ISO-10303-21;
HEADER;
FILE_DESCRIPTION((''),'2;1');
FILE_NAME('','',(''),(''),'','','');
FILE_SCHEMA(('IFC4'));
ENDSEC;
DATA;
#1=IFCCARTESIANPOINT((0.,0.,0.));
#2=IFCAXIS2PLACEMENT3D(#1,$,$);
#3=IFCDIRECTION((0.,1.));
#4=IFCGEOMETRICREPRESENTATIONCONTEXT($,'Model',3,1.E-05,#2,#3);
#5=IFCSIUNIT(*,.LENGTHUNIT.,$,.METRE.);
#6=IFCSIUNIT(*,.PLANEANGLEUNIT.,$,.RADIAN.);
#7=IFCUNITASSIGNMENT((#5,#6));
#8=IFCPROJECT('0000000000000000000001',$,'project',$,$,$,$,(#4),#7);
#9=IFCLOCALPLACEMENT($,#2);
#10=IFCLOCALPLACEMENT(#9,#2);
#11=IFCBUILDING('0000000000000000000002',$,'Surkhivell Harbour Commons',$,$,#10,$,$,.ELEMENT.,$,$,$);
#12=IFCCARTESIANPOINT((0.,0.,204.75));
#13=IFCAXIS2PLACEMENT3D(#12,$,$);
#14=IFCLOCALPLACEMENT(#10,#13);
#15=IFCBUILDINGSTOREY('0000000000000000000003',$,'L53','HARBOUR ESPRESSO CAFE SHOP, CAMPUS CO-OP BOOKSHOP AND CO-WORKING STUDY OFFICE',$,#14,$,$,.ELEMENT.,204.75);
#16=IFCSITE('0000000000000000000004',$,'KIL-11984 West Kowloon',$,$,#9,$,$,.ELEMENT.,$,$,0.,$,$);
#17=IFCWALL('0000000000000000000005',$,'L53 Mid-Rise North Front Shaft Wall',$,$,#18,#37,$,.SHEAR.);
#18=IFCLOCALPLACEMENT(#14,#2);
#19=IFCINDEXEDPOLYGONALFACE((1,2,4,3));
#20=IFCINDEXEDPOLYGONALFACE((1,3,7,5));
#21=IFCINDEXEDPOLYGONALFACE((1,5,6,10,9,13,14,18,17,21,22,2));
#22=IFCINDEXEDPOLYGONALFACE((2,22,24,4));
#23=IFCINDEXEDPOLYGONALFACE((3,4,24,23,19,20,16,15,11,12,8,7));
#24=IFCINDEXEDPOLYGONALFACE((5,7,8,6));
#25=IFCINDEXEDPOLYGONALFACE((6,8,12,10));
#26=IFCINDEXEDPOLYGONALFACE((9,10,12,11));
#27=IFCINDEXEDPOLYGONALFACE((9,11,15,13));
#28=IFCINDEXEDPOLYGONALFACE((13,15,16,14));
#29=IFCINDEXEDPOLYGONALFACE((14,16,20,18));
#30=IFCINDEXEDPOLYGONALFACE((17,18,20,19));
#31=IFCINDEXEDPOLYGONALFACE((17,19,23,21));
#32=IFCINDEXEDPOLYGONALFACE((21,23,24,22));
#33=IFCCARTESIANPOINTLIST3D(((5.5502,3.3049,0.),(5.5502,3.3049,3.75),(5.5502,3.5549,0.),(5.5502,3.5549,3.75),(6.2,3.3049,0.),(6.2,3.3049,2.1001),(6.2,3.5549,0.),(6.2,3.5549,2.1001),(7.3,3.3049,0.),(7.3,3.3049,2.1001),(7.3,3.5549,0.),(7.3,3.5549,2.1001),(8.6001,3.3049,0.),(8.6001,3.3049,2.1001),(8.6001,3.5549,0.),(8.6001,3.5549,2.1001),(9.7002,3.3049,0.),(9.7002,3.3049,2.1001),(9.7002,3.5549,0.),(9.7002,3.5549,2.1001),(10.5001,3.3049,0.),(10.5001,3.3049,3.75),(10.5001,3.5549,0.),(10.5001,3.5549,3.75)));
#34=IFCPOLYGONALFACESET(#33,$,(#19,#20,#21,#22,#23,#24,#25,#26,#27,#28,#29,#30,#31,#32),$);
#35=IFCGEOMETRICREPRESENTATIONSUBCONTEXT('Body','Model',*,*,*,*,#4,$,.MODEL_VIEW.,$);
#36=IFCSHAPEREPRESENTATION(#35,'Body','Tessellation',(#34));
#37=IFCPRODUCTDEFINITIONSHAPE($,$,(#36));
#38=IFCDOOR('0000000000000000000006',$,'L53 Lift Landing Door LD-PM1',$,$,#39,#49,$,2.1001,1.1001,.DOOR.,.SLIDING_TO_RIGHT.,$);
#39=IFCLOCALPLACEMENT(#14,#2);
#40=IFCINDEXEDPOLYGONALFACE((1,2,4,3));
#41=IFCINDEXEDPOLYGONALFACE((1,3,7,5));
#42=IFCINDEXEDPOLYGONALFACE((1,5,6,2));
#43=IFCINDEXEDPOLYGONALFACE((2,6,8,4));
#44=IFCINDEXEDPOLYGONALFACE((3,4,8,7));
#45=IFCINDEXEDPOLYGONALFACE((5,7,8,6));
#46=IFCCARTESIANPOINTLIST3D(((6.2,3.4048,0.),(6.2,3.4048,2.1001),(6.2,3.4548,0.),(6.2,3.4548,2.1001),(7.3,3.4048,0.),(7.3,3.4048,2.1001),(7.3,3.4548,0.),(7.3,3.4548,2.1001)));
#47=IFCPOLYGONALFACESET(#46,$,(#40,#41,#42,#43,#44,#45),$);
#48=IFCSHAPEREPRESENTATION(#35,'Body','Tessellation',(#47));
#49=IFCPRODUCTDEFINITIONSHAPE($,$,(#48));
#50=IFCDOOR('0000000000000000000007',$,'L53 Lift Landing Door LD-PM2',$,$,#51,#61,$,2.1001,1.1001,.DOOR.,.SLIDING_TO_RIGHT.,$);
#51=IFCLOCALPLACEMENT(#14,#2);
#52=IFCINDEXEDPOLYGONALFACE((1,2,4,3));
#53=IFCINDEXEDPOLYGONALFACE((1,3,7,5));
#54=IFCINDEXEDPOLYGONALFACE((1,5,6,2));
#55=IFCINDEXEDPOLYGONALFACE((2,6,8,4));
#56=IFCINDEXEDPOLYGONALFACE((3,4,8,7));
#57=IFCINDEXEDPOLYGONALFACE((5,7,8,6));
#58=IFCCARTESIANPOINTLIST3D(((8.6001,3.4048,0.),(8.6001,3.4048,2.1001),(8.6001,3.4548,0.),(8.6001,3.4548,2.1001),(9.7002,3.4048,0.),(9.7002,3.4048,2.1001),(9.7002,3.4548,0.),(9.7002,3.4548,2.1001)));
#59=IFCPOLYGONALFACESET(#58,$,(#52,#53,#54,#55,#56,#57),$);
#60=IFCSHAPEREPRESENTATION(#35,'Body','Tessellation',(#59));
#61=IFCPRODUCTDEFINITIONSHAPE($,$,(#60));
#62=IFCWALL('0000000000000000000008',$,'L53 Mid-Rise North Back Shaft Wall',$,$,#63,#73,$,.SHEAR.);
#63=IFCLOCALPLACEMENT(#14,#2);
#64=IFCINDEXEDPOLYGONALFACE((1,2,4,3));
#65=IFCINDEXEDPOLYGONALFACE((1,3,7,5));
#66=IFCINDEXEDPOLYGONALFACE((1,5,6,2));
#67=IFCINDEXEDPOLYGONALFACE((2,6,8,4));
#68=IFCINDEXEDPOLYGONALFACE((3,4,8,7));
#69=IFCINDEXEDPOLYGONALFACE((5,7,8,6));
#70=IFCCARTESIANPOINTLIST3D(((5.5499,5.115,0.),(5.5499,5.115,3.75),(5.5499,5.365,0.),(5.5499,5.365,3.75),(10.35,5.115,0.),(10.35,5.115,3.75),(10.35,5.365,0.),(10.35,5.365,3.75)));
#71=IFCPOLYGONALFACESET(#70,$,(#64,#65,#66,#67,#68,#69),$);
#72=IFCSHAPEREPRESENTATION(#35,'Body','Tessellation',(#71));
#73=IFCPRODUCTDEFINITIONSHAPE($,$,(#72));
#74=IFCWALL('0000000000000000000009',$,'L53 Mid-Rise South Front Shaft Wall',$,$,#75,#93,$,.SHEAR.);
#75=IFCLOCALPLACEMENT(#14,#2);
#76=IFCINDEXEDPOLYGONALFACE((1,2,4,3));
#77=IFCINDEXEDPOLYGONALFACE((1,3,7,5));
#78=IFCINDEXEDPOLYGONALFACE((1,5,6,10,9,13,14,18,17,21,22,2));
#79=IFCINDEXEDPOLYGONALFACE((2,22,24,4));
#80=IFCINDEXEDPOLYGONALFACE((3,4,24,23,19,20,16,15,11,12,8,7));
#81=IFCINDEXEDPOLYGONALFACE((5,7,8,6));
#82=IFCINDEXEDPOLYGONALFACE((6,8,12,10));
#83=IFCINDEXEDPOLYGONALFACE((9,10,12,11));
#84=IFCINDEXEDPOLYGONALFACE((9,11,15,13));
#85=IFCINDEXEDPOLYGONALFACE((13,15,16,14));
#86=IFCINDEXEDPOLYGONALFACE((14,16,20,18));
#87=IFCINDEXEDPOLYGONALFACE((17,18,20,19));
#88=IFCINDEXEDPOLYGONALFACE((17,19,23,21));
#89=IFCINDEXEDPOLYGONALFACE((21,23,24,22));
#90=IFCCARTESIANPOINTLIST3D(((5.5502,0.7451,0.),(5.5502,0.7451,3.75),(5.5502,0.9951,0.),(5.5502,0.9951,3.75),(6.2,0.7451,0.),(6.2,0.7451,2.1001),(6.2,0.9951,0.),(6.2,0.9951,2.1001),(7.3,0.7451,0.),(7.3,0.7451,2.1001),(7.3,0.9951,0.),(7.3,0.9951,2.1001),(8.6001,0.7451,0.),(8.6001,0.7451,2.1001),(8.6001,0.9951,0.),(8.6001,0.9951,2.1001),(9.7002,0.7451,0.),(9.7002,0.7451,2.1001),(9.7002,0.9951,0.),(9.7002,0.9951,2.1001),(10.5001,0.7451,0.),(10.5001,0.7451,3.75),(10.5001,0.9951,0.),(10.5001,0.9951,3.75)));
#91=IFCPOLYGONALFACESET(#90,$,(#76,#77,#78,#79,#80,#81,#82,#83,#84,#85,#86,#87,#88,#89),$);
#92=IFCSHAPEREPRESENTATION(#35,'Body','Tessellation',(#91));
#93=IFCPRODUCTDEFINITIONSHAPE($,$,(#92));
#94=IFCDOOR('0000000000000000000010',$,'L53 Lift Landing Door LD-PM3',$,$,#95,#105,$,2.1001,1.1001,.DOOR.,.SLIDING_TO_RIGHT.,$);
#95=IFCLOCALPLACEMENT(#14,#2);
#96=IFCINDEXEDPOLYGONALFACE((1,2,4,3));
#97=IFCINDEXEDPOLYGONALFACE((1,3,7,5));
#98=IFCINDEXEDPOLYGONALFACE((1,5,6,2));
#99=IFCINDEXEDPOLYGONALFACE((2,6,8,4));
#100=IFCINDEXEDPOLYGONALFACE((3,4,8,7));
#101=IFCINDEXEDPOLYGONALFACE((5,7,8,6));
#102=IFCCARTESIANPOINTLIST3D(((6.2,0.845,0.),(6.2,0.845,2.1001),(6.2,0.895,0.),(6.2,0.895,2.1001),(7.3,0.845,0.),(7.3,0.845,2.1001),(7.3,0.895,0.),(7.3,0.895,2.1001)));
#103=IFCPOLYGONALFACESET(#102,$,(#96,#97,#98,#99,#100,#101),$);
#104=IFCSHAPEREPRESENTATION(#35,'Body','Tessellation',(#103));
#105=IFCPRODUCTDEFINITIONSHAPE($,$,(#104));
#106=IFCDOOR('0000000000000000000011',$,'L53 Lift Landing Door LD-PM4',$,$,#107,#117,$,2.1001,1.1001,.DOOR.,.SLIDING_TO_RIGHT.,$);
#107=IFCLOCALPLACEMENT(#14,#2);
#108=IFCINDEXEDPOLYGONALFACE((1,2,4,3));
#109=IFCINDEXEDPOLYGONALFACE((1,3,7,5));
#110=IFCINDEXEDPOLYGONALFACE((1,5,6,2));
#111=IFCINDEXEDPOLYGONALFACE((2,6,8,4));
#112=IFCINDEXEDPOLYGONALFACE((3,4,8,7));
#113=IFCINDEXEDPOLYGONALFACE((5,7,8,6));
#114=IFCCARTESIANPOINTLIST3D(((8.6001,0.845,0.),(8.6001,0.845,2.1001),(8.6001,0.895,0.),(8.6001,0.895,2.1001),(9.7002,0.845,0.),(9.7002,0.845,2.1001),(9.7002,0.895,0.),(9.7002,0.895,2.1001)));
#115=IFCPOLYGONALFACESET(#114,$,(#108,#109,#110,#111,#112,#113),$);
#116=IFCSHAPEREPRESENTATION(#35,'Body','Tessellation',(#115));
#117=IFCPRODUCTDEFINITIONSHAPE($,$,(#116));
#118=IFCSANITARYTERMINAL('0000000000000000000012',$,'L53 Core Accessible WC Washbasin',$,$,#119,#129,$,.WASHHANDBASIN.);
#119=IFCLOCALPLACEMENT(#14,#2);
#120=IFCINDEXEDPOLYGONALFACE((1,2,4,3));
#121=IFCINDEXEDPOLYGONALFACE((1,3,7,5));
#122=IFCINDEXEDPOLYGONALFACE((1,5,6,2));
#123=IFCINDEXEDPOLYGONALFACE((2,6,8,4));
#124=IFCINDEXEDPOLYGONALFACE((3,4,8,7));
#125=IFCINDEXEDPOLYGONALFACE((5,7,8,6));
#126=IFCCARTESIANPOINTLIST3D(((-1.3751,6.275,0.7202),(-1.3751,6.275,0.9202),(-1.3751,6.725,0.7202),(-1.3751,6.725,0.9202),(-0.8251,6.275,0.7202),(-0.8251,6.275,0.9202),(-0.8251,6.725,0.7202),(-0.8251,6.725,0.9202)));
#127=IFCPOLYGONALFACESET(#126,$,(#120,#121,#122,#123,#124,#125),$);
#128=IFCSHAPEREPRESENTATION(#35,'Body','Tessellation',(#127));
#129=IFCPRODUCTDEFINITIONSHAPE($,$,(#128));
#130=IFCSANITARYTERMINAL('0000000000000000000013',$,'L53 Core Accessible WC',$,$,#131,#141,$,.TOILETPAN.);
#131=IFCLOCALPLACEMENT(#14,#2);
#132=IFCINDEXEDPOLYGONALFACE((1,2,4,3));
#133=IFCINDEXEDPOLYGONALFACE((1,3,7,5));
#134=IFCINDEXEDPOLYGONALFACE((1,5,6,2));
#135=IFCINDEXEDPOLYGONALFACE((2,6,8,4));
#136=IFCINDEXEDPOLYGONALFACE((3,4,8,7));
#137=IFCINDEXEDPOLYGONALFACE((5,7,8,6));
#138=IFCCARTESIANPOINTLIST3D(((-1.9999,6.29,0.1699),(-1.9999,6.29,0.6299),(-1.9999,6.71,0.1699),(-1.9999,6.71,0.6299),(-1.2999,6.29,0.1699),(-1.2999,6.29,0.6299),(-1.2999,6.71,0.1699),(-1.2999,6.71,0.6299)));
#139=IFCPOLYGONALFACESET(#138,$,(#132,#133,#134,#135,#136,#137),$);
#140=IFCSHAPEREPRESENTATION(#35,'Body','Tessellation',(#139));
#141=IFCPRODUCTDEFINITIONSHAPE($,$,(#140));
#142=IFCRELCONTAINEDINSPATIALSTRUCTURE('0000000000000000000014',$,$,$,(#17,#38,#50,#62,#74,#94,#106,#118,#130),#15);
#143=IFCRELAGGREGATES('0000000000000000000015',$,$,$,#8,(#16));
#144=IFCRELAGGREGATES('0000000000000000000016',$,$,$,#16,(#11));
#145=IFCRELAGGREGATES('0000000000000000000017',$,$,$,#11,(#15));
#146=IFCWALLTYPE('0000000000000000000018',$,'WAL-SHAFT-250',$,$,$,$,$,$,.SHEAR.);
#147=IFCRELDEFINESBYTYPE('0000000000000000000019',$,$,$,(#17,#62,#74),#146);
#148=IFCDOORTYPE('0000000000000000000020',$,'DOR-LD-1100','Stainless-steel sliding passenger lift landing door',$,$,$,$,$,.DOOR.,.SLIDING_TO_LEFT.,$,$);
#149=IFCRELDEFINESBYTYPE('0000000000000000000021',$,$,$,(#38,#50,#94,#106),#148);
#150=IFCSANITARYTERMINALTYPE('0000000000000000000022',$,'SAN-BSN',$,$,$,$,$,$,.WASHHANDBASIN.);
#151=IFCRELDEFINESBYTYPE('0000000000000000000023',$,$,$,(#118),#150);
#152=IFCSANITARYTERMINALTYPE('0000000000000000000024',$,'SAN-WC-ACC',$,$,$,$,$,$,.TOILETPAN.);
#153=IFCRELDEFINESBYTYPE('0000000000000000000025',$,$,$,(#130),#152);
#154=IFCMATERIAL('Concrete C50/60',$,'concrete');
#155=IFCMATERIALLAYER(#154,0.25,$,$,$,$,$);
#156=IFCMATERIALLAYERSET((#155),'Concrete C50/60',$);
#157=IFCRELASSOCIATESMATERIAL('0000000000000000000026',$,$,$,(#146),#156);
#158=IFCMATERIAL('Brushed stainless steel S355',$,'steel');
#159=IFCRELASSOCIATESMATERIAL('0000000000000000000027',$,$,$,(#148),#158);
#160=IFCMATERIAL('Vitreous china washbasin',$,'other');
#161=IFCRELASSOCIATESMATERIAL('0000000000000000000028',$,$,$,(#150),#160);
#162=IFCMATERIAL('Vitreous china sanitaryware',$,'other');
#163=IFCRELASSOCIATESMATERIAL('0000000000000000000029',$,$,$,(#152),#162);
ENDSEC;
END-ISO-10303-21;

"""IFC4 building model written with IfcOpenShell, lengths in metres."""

from ifc_helpers import new_model, si_unit, direction, frame, frame_2d, origin, origin_2d, place, context, subcontext, project, spatial, rectangle, extrude, material, layer, layer_set, type_object, element, fill, save


model = new_model("IFC4")

# Units and contexts
model_context = context("Model", 3, precision=1e-05, world=origin(), true_north=direction((0.0, 1.0)))
body_context = subcontext(model_context, "Body", "Model", "MODEL_VIEW")
ifc_project = project(units=[si_unit("LENGTHUNIT", "METRE"), si_unit("PLANEANGLEUNIT", "RADIAN")], contexts=[model_context])

# Site, building, storey
site_placement = place(None, origin())
site = spatial("IfcSite", under=ifc_project, at=site_placement, Name="KIL-11984 West Kowloon", CompositionType="ELEMENT", RefElevation=0.0)
building_placement = place(site_placement, origin())
building = spatial("IfcBuilding", under=site, at=building_placement, Name="Surkhivell Harbour Commons", CompositionType="ELEMENT")
storey_placement = place(building_placement, frame((0.0, 0.0, 204.75)))
storey = spatial("IfcBuildingStorey", under=building, at=storey_placement, Name="L53", Description="HARBOUR ESPRESSO CAFE SHOP, CAMPUS CO-OP BOOKSHOP AND CO-WORKING STUDY OFFICE", CompositionType="ELEMENT", Elevation=204.75)

# Shared definitions
ifc_material_1 = material(Name="Concrete C50/60", Category="concrete")
ifc_layer_1 = layer(ifc_material_1, 0.25)
ifc_layer_set_1 = layer_set([ifc_layer_1], Name="Concrete C50/60")
wall_type_1 = type_object("IfcWallType", Name="WAL-SHAFT-250", PredefinedType="SHEAR", material=ifc_layer_set_1)

# Wall, openings, doors
wall_1_placement = place(storey_placement, frame((5.55, 3.4299, 0.0), z_axis=(0.0, 0.0, 1.0), x_axis=(1.0, 0.0, 0.0)))
wall_1 = element("IfcWall", 1, at=wall_1_placement, inside=storey, type_object=wall_type_1, Name="L53 Mid-Rise North Front Shaft Wall", PredefinedType="SHEAR", context=body_context, shape_type="SweptSolid", body=[
    extrude(rectangle(XDim=4.95, YDim=0.25, at=frame_2d((2.4751, 0.0))), origin(), (0.0, 0.0, 1.0), 3.75),
])
opening_1_placement = place(wall_1_placement, frame((0.6499, 0.0, 0.0)))
opening_1 = element("IfcOpeningElement", 2, at=opening_1_placement, cuts=wall_1, PredefinedType="OPENING", context=body_context, shape_type="SweptSolid", body=[
    extrude(rectangle(XDim=1.1001, YDim=2.1001, at=frame_2d((0.55, 1.05))), frame((0.0, 0.135, 0.0), z_axis=(0.0, -1.0, 0.0), x_axis=(1.0, 0.0, 0.0)), (0.0, 0.0, 1.0), 0.27),
])
opening_2_placement = place(wall_1_placement, frame((3.05, 0.0, 0.0)))
opening_2 = element("IfcOpeningElement", 3, at=opening_2_placement, cuts=wall_1, PredefinedType="OPENING", context=body_context, shape_type="SweptSolid", body=[
    extrude(rectangle(XDim=1.1001, YDim=2.1001, at=frame_2d((0.55, 1.05))), frame((0.0, 0.135, 0.0), z_axis=(0.0, -1.0, 0.0), x_axis=(1.0, 0.0, 0.0)), (0.0, 0.0, 1.0), 0.27),
])
ifc_material_2 = material(Name="Brushed stainless steel S355", Category="steel")
door_type_1 = type_object("IfcDoorType", Name="DOR-LD-1100", Description="Stainless-steel sliding passenger lift landing door", OperationType="SLIDING_TO_LEFT", PredefinedType="DOOR", material=ifc_material_2)
door_1_placement = place(opening_1_placement, origin())
door_1 = element("IfcDoor", 4, at=door_1_placement, inside=storey, type_object=door_type_1, Name="L53 Lift Landing Door LD-PM1", OperationType="SLIDING_TO_RIGHT", OverallHeight=2.1001, OverallWidth=1.1001, PredefinedType="DOOR", context=body_context, shape_type="SweptSolid", body=[
    extrude(rectangle(XDim=1.1001, YDim=2.1001, at=frame_2d((0.55, 1.05))), frame((0.0, 0.0249, 0.0), z_axis=(0.0, -1.0, 0.0), x_axis=(1.0, 0.0, 0.0)), (0.0, 0.0, 1.0), 0.05),
])
fill(opening_1, door_1)
door_2_placement = place(opening_2_placement, origin())
door_2 = element("IfcDoor", 5, at=door_2_placement, inside=storey, type_object=door_type_1, Name="L53 Lift Landing Door LD-PM2", OperationType="SLIDING_TO_RIGHT", OverallHeight=2.1001, OverallWidth=1.1001, PredefinedType="DOOR", context=body_context, shape_type="SweptSolid", body=[
    extrude(rectangle(XDim=1.1001, YDim=2.1001, at=frame_2d((0.55, 1.05))), frame((0.0, 0.0249, 0.0), z_axis=(0.0, -1.0, 0.0), x_axis=(1.0, 0.0, 0.0)), (0.0, 0.0, 1.0), 0.05),
])
fill(opening_2, door_2)

# Wall
wall_2_placement = place(storey_placement, frame((5.55, 5.24, 0.0), z_axis=(0.0, 0.0, 1.0), x_axis=(1.0, 0.0, 0.0)))
element("IfcWall", 6, at=wall_2_placement, inside=storey, type_object=wall_type_1, Name="L53 Mid-Rise North Back Shaft Wall", PredefinedType="SHEAR", context=body_context, shape_type="SweptSolid", body=[
    extrude(rectangle(XDim=4.8, YDim=0.25, at=frame_2d((2.3999, 0.0))), origin(), (0.0, 0.0, 1.0), 3.75),
])

# Wall, openings, doors
wall_3_placement = place(storey_placement, frame((5.55, 0.8701, 0.0), z_axis=(0.0, 0.0, 1.0), x_axis=(1.0, 0.0, 0.0)))
wall_3 = element("IfcWall", 7, at=wall_3_placement, inside=storey, type_object=wall_type_1, Name="L53 Mid-Rise South Front Shaft Wall", PredefinedType="SHEAR", context=body_context, shape_type="SweptSolid", body=[
    extrude(rectangle(XDim=4.95, YDim=0.25, at=frame_2d((2.4751, 0.0))), origin(), (0.0, 0.0, 1.0), 3.75),
])
opening_3_placement = place(wall_3_placement, frame((0.6499, 0.0, 0.0)))
opening_3 = element("IfcOpeningElement", 8, at=opening_3_placement, cuts=wall_3, PredefinedType="OPENING", context=body_context, shape_type="SweptSolid", body=[
    extrude(rectangle(XDim=1.1001, YDim=2.1001, at=frame_2d((0.55, 1.05))), frame((0.0, 0.135, 0.0), z_axis=(0.0, -1.0, 0.0), x_axis=(1.0, 0.0, 0.0)), (0.0, 0.0, 1.0), 0.27),
])
opening_4_placement = place(wall_3_placement, frame((3.05, 0.0, 0.0)))
opening_4 = element("IfcOpeningElement", 9, at=opening_4_placement, cuts=wall_3, PredefinedType="OPENING", context=body_context, shape_type="SweptSolid", body=[
    extrude(rectangle(XDim=1.1001, YDim=2.1001, at=frame_2d((0.55, 1.05))), frame((0.0, 0.135, 0.0), z_axis=(0.0, -1.0, 0.0), x_axis=(1.0, 0.0, 0.0)), (0.0, 0.0, 1.0), 0.27),
])
door_3_placement = place(opening_3_placement, origin())
door_3 = element("IfcDoor", 10, at=door_3_placement, inside=storey, type_object=door_type_1, Name="L53 Lift Landing Door LD-PM3", OperationType="SLIDING_TO_RIGHT", OverallHeight=2.1001, OverallWidth=1.1001, PredefinedType="DOOR", context=body_context, shape_type="SweptSolid", body=[
    extrude(rectangle(XDim=1.1001, YDim=2.1001, at=frame_2d((0.55, 1.05))), frame((0.0, 0.0249, 0.0), z_axis=(0.0, -1.0, 0.0), x_axis=(1.0, 0.0, 0.0)), (0.0, 0.0, 1.0), 0.05),
])
fill(opening_3, door_3)
door_4_placement = place(opening_4_placement, origin())
door_4 = element("IfcDoor", 11, at=door_4_placement, inside=storey, type_object=door_type_1, Name="L53 Lift Landing Door LD-PM4", OperationType="SLIDING_TO_RIGHT", OverallHeight=2.1001, OverallWidth=1.1001, PredefinedType="DOOR", context=body_context, shape_type="SweptSolid", body=[
    extrude(rectangle(XDim=1.1001, YDim=2.1001, at=frame_2d((0.55, 1.05))), frame((0.0, 0.0249, 0.0), z_axis=(0.0, -1.0, 0.0), x_axis=(1.0, 0.0, 0.0)), (0.0, 0.0, 1.0), 0.05),
])
fill(opening_4, door_4)

# Sanitary terminals
ifc_material_3 = material(Name="Vitreous china washbasin", Category="other")
sanitary_terminal_type_1 = type_object("IfcSanitaryTerminalType", Name="SAN-BSN", PredefinedType="WASHHANDBASIN", material=ifc_material_3)
sanitary_terminal_1_placement = place(storey_placement, frame((-1.1001, 6.5, 0.7202), z_axis=(0.0, 0.0, 1.0), x_axis=(1.0, 0.0, 0.0)))
element("IfcSanitaryTerminal", 12, at=sanitary_terminal_1_placement, inside=storey, type_object=sanitary_terminal_type_1, Name="L53 Core Accessible WC Washbasin", PredefinedType="WASHHANDBASIN", context=body_context, shape_type="SweptSolid", body=[
    extrude(rectangle(XDim=0.55, YDim=0.45, at=origin_2d()), origin(), (0.0, 0.0, 1.0), 0.2),
])
ifc_material_4 = material(Name="Vitreous china sanitaryware", Category="other")
sanitary_terminal_type_2 = type_object("IfcSanitaryTerminalType", Name="SAN-WC-ACC", PredefinedType="TOILETPAN", material=ifc_material_4)
sanitary_terminal_2_placement = place(storey_placement, frame((-1.6499, 6.5, 0.1699), z_axis=(0.0, 0.0, 1.0), x_axis=(1.0, 0.0, 0.0)))
element("IfcSanitaryTerminal", 13, at=sanitary_terminal_2_placement, inside=storey, type_object=sanitary_terminal_type_2, Name="L53 Core Accessible WC", PredefinedType="TOILETPAN", context=body_context, shape_type="SweptSolid", body=[
    extrude(rectangle(XDim=0.7, YDim=0.4199, at=origin_2d()), origin(), (0.0, 0.0, 1.0), 0.46),
])

save(model, "model.ifc")
